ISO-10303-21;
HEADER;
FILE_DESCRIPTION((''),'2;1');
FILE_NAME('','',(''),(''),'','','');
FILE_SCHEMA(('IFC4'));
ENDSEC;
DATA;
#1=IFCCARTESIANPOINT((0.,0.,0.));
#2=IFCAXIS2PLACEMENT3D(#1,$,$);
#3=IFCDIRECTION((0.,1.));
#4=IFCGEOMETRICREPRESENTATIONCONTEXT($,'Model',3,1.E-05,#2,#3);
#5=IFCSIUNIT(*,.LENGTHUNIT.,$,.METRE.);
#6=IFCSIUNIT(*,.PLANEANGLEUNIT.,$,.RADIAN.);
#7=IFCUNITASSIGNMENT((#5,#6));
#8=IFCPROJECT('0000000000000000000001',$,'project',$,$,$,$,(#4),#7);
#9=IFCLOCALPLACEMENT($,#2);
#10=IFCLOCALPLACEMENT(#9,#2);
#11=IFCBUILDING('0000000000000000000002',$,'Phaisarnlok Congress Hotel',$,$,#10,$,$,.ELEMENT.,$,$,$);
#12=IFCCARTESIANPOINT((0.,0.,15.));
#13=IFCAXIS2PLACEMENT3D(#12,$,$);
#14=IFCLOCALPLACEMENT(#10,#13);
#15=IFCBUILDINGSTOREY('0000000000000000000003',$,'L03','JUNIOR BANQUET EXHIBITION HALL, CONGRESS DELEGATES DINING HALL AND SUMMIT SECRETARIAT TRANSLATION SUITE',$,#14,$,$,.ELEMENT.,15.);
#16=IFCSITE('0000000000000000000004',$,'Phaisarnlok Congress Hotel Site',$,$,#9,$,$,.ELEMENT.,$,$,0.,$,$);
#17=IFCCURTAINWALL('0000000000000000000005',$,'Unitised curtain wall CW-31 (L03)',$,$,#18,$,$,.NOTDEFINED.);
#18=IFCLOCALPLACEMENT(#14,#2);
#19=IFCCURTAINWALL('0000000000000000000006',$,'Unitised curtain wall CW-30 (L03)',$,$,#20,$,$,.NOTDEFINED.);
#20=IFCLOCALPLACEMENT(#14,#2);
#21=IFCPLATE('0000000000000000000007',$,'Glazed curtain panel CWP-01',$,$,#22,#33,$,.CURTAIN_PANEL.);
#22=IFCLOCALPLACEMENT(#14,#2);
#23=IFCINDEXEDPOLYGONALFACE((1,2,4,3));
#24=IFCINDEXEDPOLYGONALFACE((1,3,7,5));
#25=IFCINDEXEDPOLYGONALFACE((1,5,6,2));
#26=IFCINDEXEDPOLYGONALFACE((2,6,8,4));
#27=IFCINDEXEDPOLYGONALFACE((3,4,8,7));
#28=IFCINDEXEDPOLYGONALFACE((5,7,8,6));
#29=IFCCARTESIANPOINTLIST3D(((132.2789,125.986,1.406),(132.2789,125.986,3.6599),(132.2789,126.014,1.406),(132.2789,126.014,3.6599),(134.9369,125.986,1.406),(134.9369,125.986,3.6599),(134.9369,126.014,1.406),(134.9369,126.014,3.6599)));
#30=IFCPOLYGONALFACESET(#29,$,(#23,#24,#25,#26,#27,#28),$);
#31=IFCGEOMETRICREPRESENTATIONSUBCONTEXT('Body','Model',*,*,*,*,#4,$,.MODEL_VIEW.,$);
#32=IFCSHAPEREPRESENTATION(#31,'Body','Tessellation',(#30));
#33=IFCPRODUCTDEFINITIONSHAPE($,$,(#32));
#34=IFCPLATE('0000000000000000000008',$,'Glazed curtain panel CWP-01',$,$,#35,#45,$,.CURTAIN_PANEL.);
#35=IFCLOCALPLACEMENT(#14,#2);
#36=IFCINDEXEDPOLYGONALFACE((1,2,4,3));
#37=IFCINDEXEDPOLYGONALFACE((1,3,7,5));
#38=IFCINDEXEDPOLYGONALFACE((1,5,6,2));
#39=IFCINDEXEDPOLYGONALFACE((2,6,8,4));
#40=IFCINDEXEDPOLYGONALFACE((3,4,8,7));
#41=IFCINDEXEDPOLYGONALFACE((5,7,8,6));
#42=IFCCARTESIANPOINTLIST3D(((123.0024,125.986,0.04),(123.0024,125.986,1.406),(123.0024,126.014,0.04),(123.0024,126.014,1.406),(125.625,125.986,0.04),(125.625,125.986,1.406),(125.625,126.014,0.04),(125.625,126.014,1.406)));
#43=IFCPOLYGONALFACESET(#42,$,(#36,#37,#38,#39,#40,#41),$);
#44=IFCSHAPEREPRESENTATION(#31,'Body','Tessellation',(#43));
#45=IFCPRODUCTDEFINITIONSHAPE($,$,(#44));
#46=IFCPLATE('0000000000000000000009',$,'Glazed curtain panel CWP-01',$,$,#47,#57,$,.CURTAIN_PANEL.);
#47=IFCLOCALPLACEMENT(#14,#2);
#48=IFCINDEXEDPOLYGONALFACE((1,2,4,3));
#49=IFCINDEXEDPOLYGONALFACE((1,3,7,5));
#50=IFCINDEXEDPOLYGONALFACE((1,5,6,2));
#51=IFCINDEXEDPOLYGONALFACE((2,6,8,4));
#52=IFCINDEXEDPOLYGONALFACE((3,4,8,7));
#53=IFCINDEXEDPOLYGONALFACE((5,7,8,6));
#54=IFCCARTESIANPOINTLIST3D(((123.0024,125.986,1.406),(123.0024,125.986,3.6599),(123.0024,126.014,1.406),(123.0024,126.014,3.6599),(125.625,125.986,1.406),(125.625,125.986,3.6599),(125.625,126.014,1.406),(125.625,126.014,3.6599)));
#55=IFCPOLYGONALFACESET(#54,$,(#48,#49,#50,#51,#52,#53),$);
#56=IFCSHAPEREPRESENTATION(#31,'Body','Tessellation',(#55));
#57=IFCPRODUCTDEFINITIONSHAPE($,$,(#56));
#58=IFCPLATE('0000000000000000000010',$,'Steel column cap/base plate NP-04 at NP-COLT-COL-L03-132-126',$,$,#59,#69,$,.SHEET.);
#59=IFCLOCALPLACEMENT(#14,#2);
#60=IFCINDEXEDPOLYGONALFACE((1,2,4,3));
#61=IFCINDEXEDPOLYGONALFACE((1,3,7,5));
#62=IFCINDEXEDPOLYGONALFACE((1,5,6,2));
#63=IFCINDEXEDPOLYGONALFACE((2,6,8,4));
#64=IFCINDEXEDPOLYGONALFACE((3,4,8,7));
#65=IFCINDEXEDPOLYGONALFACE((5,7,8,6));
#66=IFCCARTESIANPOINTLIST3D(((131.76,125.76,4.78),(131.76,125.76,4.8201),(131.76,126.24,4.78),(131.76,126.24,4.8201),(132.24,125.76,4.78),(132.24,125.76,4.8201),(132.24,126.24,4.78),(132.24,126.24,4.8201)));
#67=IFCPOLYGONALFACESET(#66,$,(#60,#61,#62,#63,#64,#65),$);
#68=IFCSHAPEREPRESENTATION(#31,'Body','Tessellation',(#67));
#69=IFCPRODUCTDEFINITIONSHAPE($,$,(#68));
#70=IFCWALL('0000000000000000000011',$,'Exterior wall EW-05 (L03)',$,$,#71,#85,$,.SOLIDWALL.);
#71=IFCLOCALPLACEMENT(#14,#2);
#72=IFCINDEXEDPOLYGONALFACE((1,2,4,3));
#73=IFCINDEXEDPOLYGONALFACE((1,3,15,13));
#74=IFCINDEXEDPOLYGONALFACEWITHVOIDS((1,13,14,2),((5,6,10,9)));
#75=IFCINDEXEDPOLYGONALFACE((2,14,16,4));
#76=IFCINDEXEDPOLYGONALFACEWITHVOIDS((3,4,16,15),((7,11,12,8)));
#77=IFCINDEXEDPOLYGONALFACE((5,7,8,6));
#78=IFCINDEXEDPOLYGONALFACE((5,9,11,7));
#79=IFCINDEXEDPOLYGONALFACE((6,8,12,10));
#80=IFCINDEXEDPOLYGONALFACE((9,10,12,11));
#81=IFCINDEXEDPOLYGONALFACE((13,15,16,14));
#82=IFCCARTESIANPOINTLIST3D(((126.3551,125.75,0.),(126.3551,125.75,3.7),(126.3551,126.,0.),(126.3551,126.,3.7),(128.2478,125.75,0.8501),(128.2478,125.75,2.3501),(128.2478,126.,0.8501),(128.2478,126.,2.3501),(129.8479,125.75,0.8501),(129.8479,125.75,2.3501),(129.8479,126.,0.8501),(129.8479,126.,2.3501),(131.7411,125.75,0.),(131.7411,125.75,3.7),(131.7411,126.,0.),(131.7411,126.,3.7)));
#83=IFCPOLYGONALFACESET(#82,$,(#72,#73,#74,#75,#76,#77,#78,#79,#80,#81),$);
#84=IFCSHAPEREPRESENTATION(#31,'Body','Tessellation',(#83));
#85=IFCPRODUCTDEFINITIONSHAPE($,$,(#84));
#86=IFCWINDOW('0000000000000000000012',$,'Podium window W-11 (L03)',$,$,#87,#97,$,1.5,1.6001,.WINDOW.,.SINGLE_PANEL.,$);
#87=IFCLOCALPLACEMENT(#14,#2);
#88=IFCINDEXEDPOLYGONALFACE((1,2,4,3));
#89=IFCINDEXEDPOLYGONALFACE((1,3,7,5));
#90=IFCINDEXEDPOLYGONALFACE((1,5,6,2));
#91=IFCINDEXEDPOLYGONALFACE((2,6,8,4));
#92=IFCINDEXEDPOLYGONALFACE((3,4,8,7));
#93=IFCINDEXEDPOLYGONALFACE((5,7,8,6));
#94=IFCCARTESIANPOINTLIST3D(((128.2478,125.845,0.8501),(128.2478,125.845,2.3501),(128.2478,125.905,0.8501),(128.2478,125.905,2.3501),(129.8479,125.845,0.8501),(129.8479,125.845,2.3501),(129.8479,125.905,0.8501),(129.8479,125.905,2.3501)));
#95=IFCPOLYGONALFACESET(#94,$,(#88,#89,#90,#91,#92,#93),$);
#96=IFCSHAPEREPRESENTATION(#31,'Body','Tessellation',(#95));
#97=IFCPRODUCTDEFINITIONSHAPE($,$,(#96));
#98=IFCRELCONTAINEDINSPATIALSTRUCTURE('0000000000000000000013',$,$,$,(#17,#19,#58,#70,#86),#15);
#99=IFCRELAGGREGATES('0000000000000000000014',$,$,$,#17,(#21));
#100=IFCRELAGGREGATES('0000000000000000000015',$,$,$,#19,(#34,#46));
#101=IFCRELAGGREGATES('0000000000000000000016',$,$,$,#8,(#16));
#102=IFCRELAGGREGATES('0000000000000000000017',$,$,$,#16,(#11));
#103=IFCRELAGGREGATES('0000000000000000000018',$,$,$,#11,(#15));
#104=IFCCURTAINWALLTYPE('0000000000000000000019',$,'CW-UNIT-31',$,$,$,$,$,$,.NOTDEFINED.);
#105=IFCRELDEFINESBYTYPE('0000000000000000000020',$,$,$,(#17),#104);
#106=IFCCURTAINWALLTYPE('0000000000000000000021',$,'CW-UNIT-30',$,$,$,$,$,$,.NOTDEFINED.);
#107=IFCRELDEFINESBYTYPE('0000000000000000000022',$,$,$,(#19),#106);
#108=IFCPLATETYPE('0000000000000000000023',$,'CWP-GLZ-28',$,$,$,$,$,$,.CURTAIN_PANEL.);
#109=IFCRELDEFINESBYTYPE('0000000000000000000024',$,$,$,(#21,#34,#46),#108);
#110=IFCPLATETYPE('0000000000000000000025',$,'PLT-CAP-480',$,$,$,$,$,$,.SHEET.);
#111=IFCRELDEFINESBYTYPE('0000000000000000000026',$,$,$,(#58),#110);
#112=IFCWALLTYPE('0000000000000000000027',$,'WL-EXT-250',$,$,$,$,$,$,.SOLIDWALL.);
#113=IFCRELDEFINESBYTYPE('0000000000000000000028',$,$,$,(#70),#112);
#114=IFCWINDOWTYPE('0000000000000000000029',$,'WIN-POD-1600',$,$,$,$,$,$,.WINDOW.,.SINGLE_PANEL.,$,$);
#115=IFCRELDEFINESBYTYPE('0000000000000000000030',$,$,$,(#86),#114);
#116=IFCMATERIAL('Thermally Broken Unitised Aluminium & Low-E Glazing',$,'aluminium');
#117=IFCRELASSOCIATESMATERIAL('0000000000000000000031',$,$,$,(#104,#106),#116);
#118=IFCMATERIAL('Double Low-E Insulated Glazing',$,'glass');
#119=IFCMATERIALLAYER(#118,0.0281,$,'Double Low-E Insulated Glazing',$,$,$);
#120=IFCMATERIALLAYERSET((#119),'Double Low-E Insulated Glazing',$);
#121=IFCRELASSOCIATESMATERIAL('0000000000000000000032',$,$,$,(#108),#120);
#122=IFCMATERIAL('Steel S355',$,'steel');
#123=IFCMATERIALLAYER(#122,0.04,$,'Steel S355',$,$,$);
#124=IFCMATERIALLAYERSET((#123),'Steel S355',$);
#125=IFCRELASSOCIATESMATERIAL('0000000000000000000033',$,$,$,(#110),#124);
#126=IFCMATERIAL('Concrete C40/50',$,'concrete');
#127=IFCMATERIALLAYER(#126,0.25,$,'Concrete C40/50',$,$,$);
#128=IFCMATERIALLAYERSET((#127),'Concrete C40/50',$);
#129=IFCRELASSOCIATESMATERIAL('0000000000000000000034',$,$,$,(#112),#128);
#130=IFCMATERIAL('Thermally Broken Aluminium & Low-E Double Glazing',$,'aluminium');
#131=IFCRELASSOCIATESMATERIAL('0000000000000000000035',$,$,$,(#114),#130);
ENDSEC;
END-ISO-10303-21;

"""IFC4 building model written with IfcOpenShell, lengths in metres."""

from ifc_helpers import new_model, si_unit, direction, frame, frame_2d, origin, origin_2d, place, context, subcontext, project, spatial, rectangle, extrude, material, layer, layer_set, type_object, element, fill, aggregate, save


model = new_model("IFC4")

# Units and contexts
model_context = context("Model", 3, precision=1e-05, world=origin(), true_north=direction((0.0, 1.0)))
body_context = subcontext(model_context, "Body", "Model", "MODEL_VIEW")
ifc_project = project(units=[si_unit("LENGTHUNIT", "METRE"), si_unit("PLANEANGLEUNIT", "RADIAN")], contexts=[model_context])

# Site, building, storey
site_placement = place(None, origin())
site = spatial("IfcSite", under=ifc_project, at=site_placement, Name="Phaisarnlok Congress Hotel Site", CompositionType="ELEMENT", RefElevation=0.0)
building_placement = place(site_placement, origin())
building = spatial("IfcBuilding", under=site, at=building_placement, Name="Phaisarnlok Congress Hotel", CompositionType="ELEMENT")
storey_placement = place(building_placement, frame((0.0, 0.0, 15.0)))
storey = spatial("IfcBuildingStorey", under=building, at=storey_placement, Name="L03", Description="JUNIOR BANQUET EXHIBITION HALL, CONGRESS DELEGATES DINING HALL AND SUMMIT SECRETARIAT TRANSLATION SUITE", CompositionType="ELEMENT", Elevation=15.0)

# Shared definitions
ifc_material_1 = material(Name="Steel S355", Category="steel")

# Shared definitions
ifc_material_2 = material(Name="Concrete C40/50", Category="concrete")

# Curtain walls
ifc_material_3 = material(Name="Thermally Broken Unitised Aluminium & Low-E Glazing", Category="aluminium")
curtain_wall_type_1 = type_object("IfcCurtainWallType", Name="CW-UNIT-31", PredefinedType="NOTDEFINED", material=ifc_material_3)
curtain_wall_1_placement = place(storey_placement, origin())
curtain_wall_1 = element("IfcCurtainWall", 1, at=curtain_wall_1_placement, inside=storey, type_object=curtain_wall_type_1, Name="Unitised curtain wall CW-31 (L03)", PredefinedType="NOTDEFINED")
curtain_wall_type_2 = type_object("IfcCurtainWallType", Name="CW-UNIT-30", PredefinedType="NOTDEFINED", material=ifc_material_3)
curtain_wall_2_placement = place(storey_placement, origin())
curtain_wall_2 = element("IfcCurtainWall", 2, at=curtain_wall_2_placement, inside=storey, type_object=curtain_wall_type_2, Name="Unitised curtain wall CW-30 (L03)", PredefinedType="NOTDEFINED")

# Plates
ifc_material_4 = material(Name="Double Low-E Insulated Glazing", Category="glass")
ifc_layer_1 = layer(ifc_material_4, 0.0281, Name="Double Low-E Insulated Glazing")
ifc_layer_set_1 = layer_set([ifc_layer_1], Name="Double Low-E Insulated Glazing")
plate_type_1 = type_object("IfcPlateType", Name="CWP-GLZ-28", PredefinedType="CURTAIN_PANEL", material=ifc_layer_set_1)
plate_1_placement = place(storey_placement, frame((134.937, 126.0, 1.406), z_axis=(0.0, 0.0, 1.0), x_axis=(-1.0, 0.0, 0.0)))
plate_1 = element("IfcPlate", 3, at=plate_1_placement, type_object=plate_type_1, Name="Glazed curtain panel CWP-01", PredefinedType="CURTAIN_PANEL", context=body_context, shape_type="SweptSolid", body=[
    extrude(rectangle(XDim=2.658, YDim=0.0281, at=frame_2d((1.3291, 0.0))), origin(), (0.0, 0.0, 1.0), 2.2539),
])
aggregate(curtain_wall_1, [plate_1])
plate_2_placement = place(storey_placement, frame((125.625, 126.0, 0.04), z_axis=(0.0, 0.0, 1.0), x_axis=(-1.0, 0.0, 0.0)))
plate_2 = element("IfcPlate", 4, at=plate_2_placement, type_object=plate_type_1, Name="Glazed curtain panel CWP-01", PredefinedType="CURTAIN_PANEL", context=body_context, shape_type="SweptSolid", body=[
    extrude(rectangle(XDim=2.6226, YDim=0.0281, at=frame_2d((1.3113, 0.0))), origin(), (0.0, 0.0, 1.0), 1.366),
])
plate_3_placement = place(storey_placement, frame((125.625, 126.0, 1.406), z_axis=(0.0, 0.0, 1.0), x_axis=(-1.0, 0.0, 0.0)))
plate_3 = element("IfcPlate", 5, at=plate_3_placement, type_object=plate_type_1, Name="Glazed curtain panel CWP-01", PredefinedType="CURTAIN_PANEL", context=body_context, shape_type="SweptSolid", body=[
    extrude(rectangle(XDim=2.6226, YDim=0.0281, at=frame_2d((1.3113, 0.0))), origin(), (0.0, 0.0, 1.0), 2.2539),
])
aggregate(curtain_wall_2, [plate_2, plate_3])
ifc_layer_2 = layer(ifc_material_1, 0.04, Name="Steel S355")
ifc_layer_set_2 = layer_set([ifc_layer_2], Name="Steel S355")
plate_type_2 = type_object("IfcPlateType", Name="PLT-CAP-480", PredefinedType="SHEET", material=ifc_layer_set_2)
plate_4_placement = place(storey_placement, frame((132.0, 126.0, 4.78), z_axis=(0.0, 0.0, 1.0), x_axis=(1.0, 0.0, 0.0)))
element("IfcPlate", 6, at=plate_4_placement, inside=storey, type_object=plate_type_2, Name="Steel column cap/base plate NP-04 at NP-COLT-COL-L03-132-126", PredefinedType="SHEET", context=body_context, shape_type="SweptSolid", body=[
    extrude(rectangle(XDim=0.48, YDim=0.48, at=origin_2d()), origin(), (0.0, 0.0, 1.0), 0.04),
])

# Wall, opening, window
ifc_layer_3 = layer(ifc_material_2, 0.25, Name="Concrete C40/50")
ifc_layer_set_3 = layer_set([ifc_layer_3], Name="Concrete C40/50")
wall_type = type_object("IfcWallType", Name="WL-EXT-250", PredefinedType="SOLIDWALL", material=ifc_layer_set_3)
wall_placement = place(storey_placement, frame((131.741, 125.875, 0.0), z_axis=(0.0, 0.0, 1.0), x_axis=(-1.0, 0.0, 0.0)))
wall = element("IfcWall", 7, at=wall_placement, inside=storey, type_object=wall_type, Name="Exterior wall EW-05 (L03)", PredefinedType="SOLIDWALL", context=body_context, shape_type="SweptSolid", body=[
    extrude(rectangle(XDim=5.386, YDim=0.25, at=frame_2d((2.6929, 0.0))), origin(), (0.0, 0.0, 1.0), 3.7),
])
opening_placement = place(wall_placement, frame((1.8931, 0.0, 0.8501)))
opening = element("IfcOpeningElement", 8, at=opening_placement, cuts=wall, PredefinedType="OPENING", context=body_context, shape_type="SweptSolid", body=[
    extrude(rectangle(XDim=1.6001, YDim=1.5, at=frame_2d((0.8, 0.75))), frame((0.0, 0.135, 0.0), z_axis=(0.0, -1.0, 0.0), x_axis=(1.0, 0.0, 0.0)), (0.0, 0.0, 1.0), 0.27),
])
ifc_material_5 = material(Name="Thermally Broken Aluminium & Low-E Double Glazing", Category="aluminium")
window_type = type_object("IfcWindowType", Name="WIN-POD-1600", PartitioningType="SINGLE_PANEL", PredefinedType="WINDOW", material=ifc_material_5)
window_placement = place(opening_placement, origin())
window = element("IfcWindow", 9, at=window_placement, inside=storey, type_object=window_type, Name="Podium window W-11 (L03)", OverallHeight=1.5, OverallWidth=1.6001, PartitioningType="SINGLE_PANEL", PredefinedType="WINDOW", context=body_context, shape_type="SweptSolid", body=[
    extrude(rectangle(XDim=1.6001, YDim=1.5, at=frame_2d((0.8, 0.75))), frame((0.0, 0.03, 0.0), z_axis=(0.0, -1.0, 0.0), x_axis=(1.0, 0.0, 0.0)), (0.0, 0.0, 1.0), 0.0601),
])
fill(opening, window)

save(model, "model.ifc")
